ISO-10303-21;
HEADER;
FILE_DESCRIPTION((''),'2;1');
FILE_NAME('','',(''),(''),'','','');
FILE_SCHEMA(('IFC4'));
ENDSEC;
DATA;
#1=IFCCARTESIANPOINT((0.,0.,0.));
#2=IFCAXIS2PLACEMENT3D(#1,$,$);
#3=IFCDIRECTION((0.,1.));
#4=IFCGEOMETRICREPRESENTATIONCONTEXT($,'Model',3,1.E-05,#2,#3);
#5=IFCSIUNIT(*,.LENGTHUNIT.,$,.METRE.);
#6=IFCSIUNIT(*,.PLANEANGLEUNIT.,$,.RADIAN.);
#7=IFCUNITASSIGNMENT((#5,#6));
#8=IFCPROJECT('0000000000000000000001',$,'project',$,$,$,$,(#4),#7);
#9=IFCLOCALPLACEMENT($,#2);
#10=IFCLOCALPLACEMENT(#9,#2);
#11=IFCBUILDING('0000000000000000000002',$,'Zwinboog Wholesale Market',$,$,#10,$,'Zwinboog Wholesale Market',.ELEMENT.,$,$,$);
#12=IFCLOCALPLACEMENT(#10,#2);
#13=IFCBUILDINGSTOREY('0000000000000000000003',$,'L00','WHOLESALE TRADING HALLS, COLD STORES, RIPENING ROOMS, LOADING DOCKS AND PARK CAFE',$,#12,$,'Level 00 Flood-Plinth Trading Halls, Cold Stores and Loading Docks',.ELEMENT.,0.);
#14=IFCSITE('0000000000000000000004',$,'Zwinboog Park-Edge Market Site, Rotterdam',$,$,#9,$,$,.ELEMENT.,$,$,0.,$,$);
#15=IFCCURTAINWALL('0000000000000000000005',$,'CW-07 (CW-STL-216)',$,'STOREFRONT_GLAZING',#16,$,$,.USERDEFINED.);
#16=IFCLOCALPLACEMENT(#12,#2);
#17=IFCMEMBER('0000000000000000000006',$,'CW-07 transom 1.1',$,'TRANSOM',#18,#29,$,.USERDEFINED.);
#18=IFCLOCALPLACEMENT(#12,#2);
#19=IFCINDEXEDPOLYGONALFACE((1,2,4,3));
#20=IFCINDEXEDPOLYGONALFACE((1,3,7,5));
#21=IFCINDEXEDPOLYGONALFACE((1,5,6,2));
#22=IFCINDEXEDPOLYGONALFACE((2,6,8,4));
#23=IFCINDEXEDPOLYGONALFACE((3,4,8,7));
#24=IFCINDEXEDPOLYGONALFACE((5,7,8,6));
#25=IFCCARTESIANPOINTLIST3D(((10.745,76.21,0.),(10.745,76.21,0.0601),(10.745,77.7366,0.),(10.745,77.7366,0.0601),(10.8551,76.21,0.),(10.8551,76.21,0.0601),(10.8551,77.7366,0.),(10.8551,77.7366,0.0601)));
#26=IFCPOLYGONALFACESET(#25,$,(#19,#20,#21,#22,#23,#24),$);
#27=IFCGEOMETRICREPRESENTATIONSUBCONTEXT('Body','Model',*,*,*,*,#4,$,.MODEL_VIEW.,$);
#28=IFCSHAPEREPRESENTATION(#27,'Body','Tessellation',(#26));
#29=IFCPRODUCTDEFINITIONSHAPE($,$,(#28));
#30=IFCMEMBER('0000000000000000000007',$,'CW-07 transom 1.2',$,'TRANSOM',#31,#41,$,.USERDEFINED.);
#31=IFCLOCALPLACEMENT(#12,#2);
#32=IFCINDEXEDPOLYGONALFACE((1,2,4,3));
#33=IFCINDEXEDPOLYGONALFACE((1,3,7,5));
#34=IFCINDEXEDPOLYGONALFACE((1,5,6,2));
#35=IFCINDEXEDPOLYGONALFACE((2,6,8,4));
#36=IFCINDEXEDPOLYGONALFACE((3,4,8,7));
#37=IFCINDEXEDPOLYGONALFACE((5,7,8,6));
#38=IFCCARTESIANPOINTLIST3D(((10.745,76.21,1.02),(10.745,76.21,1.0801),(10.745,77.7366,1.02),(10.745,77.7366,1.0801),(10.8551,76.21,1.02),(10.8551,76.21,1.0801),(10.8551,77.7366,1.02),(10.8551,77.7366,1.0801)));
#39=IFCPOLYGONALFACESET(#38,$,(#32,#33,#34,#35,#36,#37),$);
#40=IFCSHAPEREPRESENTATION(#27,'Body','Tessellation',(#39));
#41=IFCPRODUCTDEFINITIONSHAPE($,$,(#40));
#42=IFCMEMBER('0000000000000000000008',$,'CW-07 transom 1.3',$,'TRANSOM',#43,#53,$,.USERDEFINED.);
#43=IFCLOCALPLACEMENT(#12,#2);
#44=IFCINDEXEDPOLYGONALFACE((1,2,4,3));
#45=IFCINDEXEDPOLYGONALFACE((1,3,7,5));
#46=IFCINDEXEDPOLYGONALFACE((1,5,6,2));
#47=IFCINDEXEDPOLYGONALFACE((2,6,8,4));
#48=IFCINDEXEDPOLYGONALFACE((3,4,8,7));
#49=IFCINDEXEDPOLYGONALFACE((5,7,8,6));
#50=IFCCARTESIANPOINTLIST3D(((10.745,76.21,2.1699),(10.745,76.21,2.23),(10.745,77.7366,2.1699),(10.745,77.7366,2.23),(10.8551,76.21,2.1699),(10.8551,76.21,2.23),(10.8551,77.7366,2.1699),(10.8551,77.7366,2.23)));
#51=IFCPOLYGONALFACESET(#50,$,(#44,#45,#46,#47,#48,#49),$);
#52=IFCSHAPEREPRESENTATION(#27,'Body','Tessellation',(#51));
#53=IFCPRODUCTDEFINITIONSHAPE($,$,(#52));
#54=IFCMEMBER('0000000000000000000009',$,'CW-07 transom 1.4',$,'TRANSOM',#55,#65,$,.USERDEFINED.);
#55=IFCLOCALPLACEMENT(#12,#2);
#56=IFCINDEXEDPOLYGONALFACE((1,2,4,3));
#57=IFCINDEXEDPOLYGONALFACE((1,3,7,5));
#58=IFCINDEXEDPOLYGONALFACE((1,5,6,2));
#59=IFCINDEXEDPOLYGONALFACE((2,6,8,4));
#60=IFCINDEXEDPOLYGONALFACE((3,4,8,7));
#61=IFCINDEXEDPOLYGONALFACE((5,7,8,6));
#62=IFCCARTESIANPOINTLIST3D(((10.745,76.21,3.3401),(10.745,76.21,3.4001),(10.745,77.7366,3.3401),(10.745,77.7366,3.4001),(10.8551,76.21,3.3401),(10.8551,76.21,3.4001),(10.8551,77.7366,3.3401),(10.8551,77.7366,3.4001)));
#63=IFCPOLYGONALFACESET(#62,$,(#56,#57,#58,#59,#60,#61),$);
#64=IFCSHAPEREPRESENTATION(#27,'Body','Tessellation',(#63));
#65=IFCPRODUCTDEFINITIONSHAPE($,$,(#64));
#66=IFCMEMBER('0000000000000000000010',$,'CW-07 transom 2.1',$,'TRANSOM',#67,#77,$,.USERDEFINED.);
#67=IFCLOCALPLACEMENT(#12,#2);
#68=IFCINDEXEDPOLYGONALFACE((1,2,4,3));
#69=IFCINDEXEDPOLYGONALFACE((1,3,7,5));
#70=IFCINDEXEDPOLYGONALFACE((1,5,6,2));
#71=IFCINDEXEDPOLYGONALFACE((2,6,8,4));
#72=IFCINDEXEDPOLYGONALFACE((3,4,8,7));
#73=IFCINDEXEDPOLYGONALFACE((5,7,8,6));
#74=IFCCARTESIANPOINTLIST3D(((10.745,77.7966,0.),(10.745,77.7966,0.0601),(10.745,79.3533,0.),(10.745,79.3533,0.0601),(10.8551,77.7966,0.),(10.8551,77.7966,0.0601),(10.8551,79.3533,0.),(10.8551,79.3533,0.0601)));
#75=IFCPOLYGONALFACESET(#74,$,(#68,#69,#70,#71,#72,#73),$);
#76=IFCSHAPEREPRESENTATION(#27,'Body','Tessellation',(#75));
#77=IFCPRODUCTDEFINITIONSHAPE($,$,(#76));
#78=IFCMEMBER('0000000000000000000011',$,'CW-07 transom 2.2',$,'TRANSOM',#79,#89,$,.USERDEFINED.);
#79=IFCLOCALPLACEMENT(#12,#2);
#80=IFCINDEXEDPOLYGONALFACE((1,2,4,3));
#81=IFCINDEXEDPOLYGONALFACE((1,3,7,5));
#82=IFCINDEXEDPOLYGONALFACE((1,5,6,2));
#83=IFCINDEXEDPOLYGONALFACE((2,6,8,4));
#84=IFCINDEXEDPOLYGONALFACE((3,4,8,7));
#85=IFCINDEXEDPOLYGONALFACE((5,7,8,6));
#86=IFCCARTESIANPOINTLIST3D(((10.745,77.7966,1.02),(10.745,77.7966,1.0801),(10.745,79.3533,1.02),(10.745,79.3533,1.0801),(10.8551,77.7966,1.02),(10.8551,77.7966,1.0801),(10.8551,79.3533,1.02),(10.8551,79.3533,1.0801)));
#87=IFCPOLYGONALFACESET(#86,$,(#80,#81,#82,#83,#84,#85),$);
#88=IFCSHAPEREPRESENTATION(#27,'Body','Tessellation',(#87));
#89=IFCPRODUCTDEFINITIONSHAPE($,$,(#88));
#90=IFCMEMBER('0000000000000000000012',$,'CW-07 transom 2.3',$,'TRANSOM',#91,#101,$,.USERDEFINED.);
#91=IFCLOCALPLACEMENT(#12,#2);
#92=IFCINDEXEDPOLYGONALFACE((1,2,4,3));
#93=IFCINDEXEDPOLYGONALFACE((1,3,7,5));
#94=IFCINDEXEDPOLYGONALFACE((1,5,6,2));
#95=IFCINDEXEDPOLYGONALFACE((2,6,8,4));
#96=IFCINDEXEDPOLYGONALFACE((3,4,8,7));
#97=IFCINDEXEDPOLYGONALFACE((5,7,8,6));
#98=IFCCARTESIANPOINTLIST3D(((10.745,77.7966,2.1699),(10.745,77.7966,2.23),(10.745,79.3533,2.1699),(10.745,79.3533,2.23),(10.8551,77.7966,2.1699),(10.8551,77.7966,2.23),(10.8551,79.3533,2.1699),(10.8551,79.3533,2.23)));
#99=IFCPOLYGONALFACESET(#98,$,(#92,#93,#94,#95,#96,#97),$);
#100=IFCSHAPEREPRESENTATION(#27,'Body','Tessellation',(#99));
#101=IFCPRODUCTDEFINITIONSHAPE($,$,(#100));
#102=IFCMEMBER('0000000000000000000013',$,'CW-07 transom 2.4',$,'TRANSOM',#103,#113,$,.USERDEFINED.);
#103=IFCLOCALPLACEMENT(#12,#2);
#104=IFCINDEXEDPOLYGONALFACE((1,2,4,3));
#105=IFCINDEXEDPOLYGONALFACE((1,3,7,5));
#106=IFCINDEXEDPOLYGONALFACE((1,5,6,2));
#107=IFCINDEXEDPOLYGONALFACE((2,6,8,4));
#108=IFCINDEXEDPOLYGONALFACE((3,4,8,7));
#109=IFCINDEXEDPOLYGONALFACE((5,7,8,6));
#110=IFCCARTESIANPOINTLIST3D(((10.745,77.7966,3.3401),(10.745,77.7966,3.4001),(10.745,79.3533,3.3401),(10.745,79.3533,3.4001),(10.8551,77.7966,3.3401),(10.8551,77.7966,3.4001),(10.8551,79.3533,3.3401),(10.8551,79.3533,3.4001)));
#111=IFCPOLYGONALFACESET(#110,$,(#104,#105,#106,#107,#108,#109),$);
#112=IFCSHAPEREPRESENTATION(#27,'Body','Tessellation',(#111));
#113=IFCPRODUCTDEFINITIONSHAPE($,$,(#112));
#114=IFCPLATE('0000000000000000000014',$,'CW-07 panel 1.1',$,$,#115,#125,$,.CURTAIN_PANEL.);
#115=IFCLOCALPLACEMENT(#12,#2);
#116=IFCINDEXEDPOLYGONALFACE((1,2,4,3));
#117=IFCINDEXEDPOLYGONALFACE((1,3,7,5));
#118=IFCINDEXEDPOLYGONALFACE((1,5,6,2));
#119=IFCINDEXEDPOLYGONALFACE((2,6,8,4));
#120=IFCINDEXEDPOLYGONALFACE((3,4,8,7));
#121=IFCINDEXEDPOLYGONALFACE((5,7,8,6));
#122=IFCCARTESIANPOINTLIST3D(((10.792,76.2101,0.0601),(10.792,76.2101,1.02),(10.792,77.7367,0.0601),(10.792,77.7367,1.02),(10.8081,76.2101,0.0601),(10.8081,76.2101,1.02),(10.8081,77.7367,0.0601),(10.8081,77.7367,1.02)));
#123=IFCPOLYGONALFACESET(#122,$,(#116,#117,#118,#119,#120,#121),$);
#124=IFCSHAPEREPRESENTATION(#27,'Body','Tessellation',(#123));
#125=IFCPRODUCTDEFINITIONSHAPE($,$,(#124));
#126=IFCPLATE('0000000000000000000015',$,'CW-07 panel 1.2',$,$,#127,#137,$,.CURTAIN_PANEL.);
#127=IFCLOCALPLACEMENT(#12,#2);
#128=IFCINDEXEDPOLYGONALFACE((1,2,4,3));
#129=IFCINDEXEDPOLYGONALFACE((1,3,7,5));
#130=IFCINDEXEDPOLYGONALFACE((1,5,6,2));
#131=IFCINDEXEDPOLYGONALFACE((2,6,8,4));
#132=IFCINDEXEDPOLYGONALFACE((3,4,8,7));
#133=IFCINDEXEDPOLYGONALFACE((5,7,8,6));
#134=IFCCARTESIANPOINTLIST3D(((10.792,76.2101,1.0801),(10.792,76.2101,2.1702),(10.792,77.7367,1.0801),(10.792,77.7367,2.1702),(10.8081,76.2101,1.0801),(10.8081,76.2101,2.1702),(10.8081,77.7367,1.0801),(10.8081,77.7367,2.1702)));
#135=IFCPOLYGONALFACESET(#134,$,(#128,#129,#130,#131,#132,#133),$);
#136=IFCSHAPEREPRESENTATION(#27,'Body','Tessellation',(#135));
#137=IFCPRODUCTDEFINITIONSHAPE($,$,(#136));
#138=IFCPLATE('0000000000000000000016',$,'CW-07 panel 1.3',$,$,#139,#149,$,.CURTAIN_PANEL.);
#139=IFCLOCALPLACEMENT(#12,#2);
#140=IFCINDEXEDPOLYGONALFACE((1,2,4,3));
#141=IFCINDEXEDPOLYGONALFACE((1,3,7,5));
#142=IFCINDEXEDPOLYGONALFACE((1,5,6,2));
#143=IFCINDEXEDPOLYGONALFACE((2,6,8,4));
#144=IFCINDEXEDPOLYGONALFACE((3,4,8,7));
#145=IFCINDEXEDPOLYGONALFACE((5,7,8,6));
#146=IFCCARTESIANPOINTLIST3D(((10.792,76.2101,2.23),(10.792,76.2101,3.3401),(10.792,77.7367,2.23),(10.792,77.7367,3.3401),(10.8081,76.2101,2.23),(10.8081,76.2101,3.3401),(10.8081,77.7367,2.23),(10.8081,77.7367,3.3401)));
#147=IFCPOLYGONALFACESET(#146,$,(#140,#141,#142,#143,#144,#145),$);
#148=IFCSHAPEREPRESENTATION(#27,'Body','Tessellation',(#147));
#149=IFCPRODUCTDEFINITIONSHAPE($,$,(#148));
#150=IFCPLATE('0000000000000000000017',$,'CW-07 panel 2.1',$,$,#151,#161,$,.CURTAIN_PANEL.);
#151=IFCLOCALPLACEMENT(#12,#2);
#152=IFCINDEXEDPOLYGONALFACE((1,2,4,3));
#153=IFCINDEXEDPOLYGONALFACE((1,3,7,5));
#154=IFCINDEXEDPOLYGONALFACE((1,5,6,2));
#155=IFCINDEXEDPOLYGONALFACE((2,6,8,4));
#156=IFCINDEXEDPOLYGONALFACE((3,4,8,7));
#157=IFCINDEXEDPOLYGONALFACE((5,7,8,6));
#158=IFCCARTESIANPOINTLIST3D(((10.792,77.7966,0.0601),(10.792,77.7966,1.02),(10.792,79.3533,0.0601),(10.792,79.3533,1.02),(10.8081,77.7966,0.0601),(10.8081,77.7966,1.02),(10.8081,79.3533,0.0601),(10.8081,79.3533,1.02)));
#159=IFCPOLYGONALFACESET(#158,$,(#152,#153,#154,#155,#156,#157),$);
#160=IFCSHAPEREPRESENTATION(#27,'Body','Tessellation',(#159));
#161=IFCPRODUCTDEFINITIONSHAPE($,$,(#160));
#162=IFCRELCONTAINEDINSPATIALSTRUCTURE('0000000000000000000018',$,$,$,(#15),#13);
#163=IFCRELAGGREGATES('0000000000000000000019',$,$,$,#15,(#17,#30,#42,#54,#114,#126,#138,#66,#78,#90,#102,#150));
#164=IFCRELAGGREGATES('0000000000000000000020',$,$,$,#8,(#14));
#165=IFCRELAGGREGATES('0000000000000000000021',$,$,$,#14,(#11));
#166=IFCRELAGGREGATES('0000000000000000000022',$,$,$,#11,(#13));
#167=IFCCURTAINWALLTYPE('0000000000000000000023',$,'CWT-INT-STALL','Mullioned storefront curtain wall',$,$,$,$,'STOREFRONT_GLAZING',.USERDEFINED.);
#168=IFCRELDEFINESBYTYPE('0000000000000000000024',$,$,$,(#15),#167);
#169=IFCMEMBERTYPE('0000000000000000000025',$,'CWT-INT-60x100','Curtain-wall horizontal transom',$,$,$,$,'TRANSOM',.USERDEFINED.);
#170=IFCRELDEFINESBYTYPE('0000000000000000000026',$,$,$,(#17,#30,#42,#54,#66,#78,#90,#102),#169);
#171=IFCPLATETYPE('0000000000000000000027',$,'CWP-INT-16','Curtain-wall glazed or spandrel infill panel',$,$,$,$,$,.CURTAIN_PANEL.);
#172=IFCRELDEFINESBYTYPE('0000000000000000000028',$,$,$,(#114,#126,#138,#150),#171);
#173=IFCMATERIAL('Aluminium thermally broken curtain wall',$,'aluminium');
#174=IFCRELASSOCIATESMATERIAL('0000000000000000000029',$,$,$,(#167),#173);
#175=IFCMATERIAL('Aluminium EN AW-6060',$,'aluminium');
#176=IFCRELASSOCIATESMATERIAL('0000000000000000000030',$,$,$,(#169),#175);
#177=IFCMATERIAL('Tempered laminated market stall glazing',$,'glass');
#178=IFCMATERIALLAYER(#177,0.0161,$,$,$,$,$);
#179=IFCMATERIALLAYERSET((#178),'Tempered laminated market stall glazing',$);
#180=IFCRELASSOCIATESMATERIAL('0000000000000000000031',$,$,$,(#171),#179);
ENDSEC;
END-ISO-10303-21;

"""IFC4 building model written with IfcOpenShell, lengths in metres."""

from ifc_helpers import new_model, si_unit, direction, frame, origin, origin_2d, place, context, subcontext, project, spatial, rectangle, extrude, material, layer, layer_set, material_profile, profile_set, type_object, element, aggregate, save


model = new_model("IFC4")

# Units and contexts
model_context = context("Model", 3, precision=1e-05, world=origin(), true_north=direction((0.0, 1.0)))
body_context = subcontext(model_context, "Body", "Model", "MODEL_VIEW")
ifc_project = project(units=[si_unit("LENGTHUNIT", "METRE"), si_unit("PLANEANGLEUNIT", "RADIAN")], contexts=[model_context])

# Site, building, storey
site_placement = place(None, origin())
site = spatial("IfcSite", under=ifc_project, at=site_placement, Name="Zwinboog Park-Edge Market Site, Rotterdam", CompositionType="ELEMENT", RefElevation=0.0)
building_placement = place(site_placement, origin())
building = spatial("IfcBuilding", under=site, at=building_placement, Name="Zwinboog Wholesale Market", LongName="Zwinboog Wholesale Market", CompositionType="ELEMENT")
storey_placement = place(building_placement, origin())
storey = spatial("IfcBuildingStorey", under=building, at=storey_placement, Name="L00", Description="WHOLESALE TRADING HALLS, COLD STORES, RIPENING ROOMS, LOADING DOCKS AND PARK CAFE", LongName="Level 00 Flood-Plinth Trading Halls, Cold Stores and Loading Docks", CompositionType="ELEMENT", Elevation=0.0)

# Curtain wall, members, plates
ifc_material_1 = material(Name="Aluminium thermally broken curtain wall", Category="aluminium")
curtain_wall_type = type_object("IfcCurtainWallType", Name="CWT-INT-STALL", Description="Mullioned storefront curtain wall", ElementType="STOREFRONT_GLAZING", PredefinedType="USERDEFINED", material=ifc_material_1)
curtain_wall_placement = place(storey_placement, origin())
curtain_wall = element("IfcCurtainWall", 1, at=curtain_wall_placement, inside=storey, type_object=curtain_wall_type, Name="CW-07 (CW-STL-216)", ObjectType="STOREFRONT_GLAZING", PredefinedType="USERDEFINED")
ifc_material_2 = material(Name="Aluminium EN AW-6060", Category="aluminium")
ifc_material_profile_1 = material_profile(ifc_material_2, rectangle(XDim=0.1101, YDim=0.0601, at=origin_2d()), Name="AL 60x110")
ifc_profile_set_1 = profile_set([ifc_material_profile_1], Name="Aluminium EN AW-6060")
member_type_1 = type_object("IfcMemberType", Name="CWT-INT-60x100", Description="Curtain-wall horizontal transom", ElementType="TRANSOM", PredefinedType="USERDEFINED", material=ifc_profile_set_1)
member_1_placement = place(storey_placement, frame((10.8, 76.21, 0.03), z_axis=(0.0, 1.0, 0.0), x_axis=(-1.0, 0.0, 0.0)))
member_1 = element("IfcMember", 2, at=member_1_placement, type_object=member_type_1, Name="CW-07 transom 1.1", ObjectType="TRANSOM", PredefinedType="USERDEFINED", context=body_context, shape_type="SweptSolid", body=[
    extrude(rectangle(XDim=0.1101, YDim=0.0601, at=origin_2d()), origin(), (0.0, 0.0, 1.0), 1.5266),
])
member_2_placement = place(storey_placement, frame((10.8, 76.21, 1.05), z_axis=(0.0, 1.0, 0.0), x_axis=(-1.0, 0.0, 0.0)))
member_2 = element("IfcMember", 3, at=member_2_placement, type_object=member_type_1, Name="CW-07 transom 1.2", ObjectType="TRANSOM", PredefinedType="USERDEFINED", context=body_context, shape_type="SweptSolid", body=[
    extrude(rectangle(XDim=0.1101, YDim=0.0601, at=origin_2d()), origin(), (0.0, 0.0, 1.0), 1.5266),
])
member_3_placement = place(storey_placement, frame((10.8, 76.21, 2.2), z_axis=(0.0, 1.0, 0.0), x_axis=(-1.0, 0.0, 0.0)))
member_3 = element("IfcMember", 4, at=member_3_placement, type_object=member_type_1, Name="CW-07 transom 1.3", ObjectType="TRANSOM", PredefinedType="USERDEFINED", context=body_context, shape_type="SweptSolid", body=[
    extrude(rectangle(XDim=0.1101, YDim=0.0601, at=origin_2d()), origin(), (0.0, 0.0, 1.0), 1.5266),
])
member_4_placement = place(storey_placement, frame((10.8, 76.21, 3.3701), z_axis=(0.0, 1.0, 0.0), x_axis=(-1.0, 0.0, 0.0)))
member_4 = element("IfcMember", 5, at=member_4_placement, type_object=member_type_1, Name="CW-07 transom 1.4", ObjectType="TRANSOM", PredefinedType="USERDEFINED", context=body_context, shape_type="SweptSolid", body=[
    extrude(rectangle(XDim=0.1101, YDim=0.0601, at=origin_2d()), origin(), (0.0, 0.0, 1.0), 1.5266),
])
member_5_placement = place(storey_placement, frame((10.8, 77.7966, 0.03), z_axis=(0.0, 1.0, 0.0), x_axis=(-1.0, 0.0, 0.0)))
member_5 = element("IfcMember", 6, at=member_5_placement, type_object=member_type_1, Name="CW-07 transom 2.1", ObjectType="TRANSOM", PredefinedType="USERDEFINED", context=body_context, shape_type="SweptSolid", body=[
    extrude(rectangle(XDim=0.1101, YDim=0.0601, at=origin_2d()), origin(), (0.0, 0.0, 1.0), 1.5566),
])
member_6_placement = place(storey_placement, frame((10.8, 77.7966, 1.05), z_axis=(0.0, 1.0, 0.0), x_axis=(-1.0, 0.0, 0.0)))
member_6 = element("IfcMember", 7, at=member_6_placement, type_object=member_type_1, Name="CW-07 transom 2.2", ObjectType="TRANSOM", PredefinedType="USERDEFINED", context=body_context, shape_type="SweptSolid", body=[
    extrude(rectangle(XDim=0.1101, YDim=0.0601, at=origin_2d()), origin(), (0.0, 0.0, 1.0), 1.5566),
])
member_7_placement = place(storey_placement, frame((10.8, 77.7966, 2.2), z_axis=(0.0, 1.0, 0.0), x_axis=(-1.0, 0.0, 0.0)))
member_7 = element("IfcMember", 8, at=member_7_placement, type_object=member_type_1, Name="CW-07 transom 2.3", ObjectType="TRANSOM", PredefinedType="USERDEFINED", context=body_context, shape_type="SweptSolid", body=[
    extrude(rectangle(XDim=0.1101, YDim=0.0601, at=origin_2d()), origin(), (0.0, 0.0, 1.0), 1.5566),
])
member_8_placement = place(storey_placement, frame((10.8, 77.7966, 3.3701), z_axis=(0.0, 1.0, 0.0), x_axis=(-1.0, 0.0, 0.0)))
member_8 = element("IfcMember", 9, at=member_8_placement, type_object=member_type_1, Name="CW-07 transom 2.4", ObjectType="TRANSOM", PredefinedType="USERDEFINED", context=body_context, shape_type="SweptSolid", body=[
    extrude(rectangle(XDim=0.1101, YDim=0.0601, at=origin_2d()), origin(), (0.0, 0.0, 1.0), 1.5566),
])
ifc_material_3 = material(Name="Tempered laminated market stall glazing", Category="glass")
ifc_layer = layer(ifc_material_3, 0.0161)
ifc_layer_set = layer_set([ifc_layer], Name="Tempered laminated market stall glazing")
plate_type = type_object("IfcPlateType", Name="CWP-INT-16", Description="Curtain-wall glazed or spandrel infill panel", PredefinedType="CURTAIN_PANEL", material=ifc_layer_set)
plate_1_placement = place(storey_placement, frame((10.8, 76.9734, 0.0601), z_axis=(0.0, 0.0, 1.0), x_axis=(0.0, 1.0, 0.0)))
plate_1 = element("IfcPlate", 10, at=plate_1_placement, type_object=plate_type, Name="CW-07 panel 1.1", PredefinedType="CURTAIN_PANEL", context=body_context, shape_type="SweptSolid", body=[
    extrude(rectangle(XDim=1.5266, YDim=0.0161, at=origin_2d()), origin(), (0.0, 0.0, 1.0), 0.96),
])
plate_2_placement = place(storey_placement, frame((10.8, 76.9734, 1.0801), z_axis=(0.0, 0.0, 1.0), x_axis=(0.0, 1.0, 0.0)))
plate_2 = element("IfcPlate", 11, at=plate_2_placement, type_object=plate_type, Name="CW-07 panel 1.2", PredefinedType="CURTAIN_PANEL", context=body_context, shape_type="SweptSolid", body=[
    extrude(rectangle(XDim=1.5266, YDim=0.0161, at=origin_2d()), origin(), (0.0, 0.0, 1.0), 1.0901),
])
plate_3_placement = place(storey_placement, frame((10.8, 76.9734, 2.23), z_axis=(0.0, 0.0, 1.0), x_axis=(0.0, 1.0, 0.0)))
plate_3 = element("IfcPlate", 12, at=plate_3_placement, type_object=plate_type, Name="CW-07 panel 1.3", PredefinedType="CURTAIN_PANEL", context=body_context, shape_type="SweptSolid", body=[
    extrude(rectangle(XDim=1.5266, YDim=0.0161, at=origin_2d()), origin(), (0.0, 0.0, 1.0), 1.1101),
])
plate_4_placement = place(storey_placement, frame((10.8, 78.575, 0.0601), z_axis=(0.0, 0.0, 1.0), x_axis=(0.0, 1.0, 0.0)))
plate_4 = element("IfcPlate", 13, at=plate_4_placement, type_object=plate_type, Name="CW-07 panel 2.1", PredefinedType="CURTAIN_PANEL", context=body_context, shape_type="SweptSolid", body=[
    extrude(rectangle(XDim=1.5566, YDim=0.0161, at=origin_2d()), origin(), (0.0, 0.0, 1.0), 0.96),
])
aggregate(curtain_wall, [member_1, member_2, member_3, member_4, plate_1, plate_2, plate_3, member_5, member_6, member_7, member_8, plate_4])

save(model, "model.ifc")
